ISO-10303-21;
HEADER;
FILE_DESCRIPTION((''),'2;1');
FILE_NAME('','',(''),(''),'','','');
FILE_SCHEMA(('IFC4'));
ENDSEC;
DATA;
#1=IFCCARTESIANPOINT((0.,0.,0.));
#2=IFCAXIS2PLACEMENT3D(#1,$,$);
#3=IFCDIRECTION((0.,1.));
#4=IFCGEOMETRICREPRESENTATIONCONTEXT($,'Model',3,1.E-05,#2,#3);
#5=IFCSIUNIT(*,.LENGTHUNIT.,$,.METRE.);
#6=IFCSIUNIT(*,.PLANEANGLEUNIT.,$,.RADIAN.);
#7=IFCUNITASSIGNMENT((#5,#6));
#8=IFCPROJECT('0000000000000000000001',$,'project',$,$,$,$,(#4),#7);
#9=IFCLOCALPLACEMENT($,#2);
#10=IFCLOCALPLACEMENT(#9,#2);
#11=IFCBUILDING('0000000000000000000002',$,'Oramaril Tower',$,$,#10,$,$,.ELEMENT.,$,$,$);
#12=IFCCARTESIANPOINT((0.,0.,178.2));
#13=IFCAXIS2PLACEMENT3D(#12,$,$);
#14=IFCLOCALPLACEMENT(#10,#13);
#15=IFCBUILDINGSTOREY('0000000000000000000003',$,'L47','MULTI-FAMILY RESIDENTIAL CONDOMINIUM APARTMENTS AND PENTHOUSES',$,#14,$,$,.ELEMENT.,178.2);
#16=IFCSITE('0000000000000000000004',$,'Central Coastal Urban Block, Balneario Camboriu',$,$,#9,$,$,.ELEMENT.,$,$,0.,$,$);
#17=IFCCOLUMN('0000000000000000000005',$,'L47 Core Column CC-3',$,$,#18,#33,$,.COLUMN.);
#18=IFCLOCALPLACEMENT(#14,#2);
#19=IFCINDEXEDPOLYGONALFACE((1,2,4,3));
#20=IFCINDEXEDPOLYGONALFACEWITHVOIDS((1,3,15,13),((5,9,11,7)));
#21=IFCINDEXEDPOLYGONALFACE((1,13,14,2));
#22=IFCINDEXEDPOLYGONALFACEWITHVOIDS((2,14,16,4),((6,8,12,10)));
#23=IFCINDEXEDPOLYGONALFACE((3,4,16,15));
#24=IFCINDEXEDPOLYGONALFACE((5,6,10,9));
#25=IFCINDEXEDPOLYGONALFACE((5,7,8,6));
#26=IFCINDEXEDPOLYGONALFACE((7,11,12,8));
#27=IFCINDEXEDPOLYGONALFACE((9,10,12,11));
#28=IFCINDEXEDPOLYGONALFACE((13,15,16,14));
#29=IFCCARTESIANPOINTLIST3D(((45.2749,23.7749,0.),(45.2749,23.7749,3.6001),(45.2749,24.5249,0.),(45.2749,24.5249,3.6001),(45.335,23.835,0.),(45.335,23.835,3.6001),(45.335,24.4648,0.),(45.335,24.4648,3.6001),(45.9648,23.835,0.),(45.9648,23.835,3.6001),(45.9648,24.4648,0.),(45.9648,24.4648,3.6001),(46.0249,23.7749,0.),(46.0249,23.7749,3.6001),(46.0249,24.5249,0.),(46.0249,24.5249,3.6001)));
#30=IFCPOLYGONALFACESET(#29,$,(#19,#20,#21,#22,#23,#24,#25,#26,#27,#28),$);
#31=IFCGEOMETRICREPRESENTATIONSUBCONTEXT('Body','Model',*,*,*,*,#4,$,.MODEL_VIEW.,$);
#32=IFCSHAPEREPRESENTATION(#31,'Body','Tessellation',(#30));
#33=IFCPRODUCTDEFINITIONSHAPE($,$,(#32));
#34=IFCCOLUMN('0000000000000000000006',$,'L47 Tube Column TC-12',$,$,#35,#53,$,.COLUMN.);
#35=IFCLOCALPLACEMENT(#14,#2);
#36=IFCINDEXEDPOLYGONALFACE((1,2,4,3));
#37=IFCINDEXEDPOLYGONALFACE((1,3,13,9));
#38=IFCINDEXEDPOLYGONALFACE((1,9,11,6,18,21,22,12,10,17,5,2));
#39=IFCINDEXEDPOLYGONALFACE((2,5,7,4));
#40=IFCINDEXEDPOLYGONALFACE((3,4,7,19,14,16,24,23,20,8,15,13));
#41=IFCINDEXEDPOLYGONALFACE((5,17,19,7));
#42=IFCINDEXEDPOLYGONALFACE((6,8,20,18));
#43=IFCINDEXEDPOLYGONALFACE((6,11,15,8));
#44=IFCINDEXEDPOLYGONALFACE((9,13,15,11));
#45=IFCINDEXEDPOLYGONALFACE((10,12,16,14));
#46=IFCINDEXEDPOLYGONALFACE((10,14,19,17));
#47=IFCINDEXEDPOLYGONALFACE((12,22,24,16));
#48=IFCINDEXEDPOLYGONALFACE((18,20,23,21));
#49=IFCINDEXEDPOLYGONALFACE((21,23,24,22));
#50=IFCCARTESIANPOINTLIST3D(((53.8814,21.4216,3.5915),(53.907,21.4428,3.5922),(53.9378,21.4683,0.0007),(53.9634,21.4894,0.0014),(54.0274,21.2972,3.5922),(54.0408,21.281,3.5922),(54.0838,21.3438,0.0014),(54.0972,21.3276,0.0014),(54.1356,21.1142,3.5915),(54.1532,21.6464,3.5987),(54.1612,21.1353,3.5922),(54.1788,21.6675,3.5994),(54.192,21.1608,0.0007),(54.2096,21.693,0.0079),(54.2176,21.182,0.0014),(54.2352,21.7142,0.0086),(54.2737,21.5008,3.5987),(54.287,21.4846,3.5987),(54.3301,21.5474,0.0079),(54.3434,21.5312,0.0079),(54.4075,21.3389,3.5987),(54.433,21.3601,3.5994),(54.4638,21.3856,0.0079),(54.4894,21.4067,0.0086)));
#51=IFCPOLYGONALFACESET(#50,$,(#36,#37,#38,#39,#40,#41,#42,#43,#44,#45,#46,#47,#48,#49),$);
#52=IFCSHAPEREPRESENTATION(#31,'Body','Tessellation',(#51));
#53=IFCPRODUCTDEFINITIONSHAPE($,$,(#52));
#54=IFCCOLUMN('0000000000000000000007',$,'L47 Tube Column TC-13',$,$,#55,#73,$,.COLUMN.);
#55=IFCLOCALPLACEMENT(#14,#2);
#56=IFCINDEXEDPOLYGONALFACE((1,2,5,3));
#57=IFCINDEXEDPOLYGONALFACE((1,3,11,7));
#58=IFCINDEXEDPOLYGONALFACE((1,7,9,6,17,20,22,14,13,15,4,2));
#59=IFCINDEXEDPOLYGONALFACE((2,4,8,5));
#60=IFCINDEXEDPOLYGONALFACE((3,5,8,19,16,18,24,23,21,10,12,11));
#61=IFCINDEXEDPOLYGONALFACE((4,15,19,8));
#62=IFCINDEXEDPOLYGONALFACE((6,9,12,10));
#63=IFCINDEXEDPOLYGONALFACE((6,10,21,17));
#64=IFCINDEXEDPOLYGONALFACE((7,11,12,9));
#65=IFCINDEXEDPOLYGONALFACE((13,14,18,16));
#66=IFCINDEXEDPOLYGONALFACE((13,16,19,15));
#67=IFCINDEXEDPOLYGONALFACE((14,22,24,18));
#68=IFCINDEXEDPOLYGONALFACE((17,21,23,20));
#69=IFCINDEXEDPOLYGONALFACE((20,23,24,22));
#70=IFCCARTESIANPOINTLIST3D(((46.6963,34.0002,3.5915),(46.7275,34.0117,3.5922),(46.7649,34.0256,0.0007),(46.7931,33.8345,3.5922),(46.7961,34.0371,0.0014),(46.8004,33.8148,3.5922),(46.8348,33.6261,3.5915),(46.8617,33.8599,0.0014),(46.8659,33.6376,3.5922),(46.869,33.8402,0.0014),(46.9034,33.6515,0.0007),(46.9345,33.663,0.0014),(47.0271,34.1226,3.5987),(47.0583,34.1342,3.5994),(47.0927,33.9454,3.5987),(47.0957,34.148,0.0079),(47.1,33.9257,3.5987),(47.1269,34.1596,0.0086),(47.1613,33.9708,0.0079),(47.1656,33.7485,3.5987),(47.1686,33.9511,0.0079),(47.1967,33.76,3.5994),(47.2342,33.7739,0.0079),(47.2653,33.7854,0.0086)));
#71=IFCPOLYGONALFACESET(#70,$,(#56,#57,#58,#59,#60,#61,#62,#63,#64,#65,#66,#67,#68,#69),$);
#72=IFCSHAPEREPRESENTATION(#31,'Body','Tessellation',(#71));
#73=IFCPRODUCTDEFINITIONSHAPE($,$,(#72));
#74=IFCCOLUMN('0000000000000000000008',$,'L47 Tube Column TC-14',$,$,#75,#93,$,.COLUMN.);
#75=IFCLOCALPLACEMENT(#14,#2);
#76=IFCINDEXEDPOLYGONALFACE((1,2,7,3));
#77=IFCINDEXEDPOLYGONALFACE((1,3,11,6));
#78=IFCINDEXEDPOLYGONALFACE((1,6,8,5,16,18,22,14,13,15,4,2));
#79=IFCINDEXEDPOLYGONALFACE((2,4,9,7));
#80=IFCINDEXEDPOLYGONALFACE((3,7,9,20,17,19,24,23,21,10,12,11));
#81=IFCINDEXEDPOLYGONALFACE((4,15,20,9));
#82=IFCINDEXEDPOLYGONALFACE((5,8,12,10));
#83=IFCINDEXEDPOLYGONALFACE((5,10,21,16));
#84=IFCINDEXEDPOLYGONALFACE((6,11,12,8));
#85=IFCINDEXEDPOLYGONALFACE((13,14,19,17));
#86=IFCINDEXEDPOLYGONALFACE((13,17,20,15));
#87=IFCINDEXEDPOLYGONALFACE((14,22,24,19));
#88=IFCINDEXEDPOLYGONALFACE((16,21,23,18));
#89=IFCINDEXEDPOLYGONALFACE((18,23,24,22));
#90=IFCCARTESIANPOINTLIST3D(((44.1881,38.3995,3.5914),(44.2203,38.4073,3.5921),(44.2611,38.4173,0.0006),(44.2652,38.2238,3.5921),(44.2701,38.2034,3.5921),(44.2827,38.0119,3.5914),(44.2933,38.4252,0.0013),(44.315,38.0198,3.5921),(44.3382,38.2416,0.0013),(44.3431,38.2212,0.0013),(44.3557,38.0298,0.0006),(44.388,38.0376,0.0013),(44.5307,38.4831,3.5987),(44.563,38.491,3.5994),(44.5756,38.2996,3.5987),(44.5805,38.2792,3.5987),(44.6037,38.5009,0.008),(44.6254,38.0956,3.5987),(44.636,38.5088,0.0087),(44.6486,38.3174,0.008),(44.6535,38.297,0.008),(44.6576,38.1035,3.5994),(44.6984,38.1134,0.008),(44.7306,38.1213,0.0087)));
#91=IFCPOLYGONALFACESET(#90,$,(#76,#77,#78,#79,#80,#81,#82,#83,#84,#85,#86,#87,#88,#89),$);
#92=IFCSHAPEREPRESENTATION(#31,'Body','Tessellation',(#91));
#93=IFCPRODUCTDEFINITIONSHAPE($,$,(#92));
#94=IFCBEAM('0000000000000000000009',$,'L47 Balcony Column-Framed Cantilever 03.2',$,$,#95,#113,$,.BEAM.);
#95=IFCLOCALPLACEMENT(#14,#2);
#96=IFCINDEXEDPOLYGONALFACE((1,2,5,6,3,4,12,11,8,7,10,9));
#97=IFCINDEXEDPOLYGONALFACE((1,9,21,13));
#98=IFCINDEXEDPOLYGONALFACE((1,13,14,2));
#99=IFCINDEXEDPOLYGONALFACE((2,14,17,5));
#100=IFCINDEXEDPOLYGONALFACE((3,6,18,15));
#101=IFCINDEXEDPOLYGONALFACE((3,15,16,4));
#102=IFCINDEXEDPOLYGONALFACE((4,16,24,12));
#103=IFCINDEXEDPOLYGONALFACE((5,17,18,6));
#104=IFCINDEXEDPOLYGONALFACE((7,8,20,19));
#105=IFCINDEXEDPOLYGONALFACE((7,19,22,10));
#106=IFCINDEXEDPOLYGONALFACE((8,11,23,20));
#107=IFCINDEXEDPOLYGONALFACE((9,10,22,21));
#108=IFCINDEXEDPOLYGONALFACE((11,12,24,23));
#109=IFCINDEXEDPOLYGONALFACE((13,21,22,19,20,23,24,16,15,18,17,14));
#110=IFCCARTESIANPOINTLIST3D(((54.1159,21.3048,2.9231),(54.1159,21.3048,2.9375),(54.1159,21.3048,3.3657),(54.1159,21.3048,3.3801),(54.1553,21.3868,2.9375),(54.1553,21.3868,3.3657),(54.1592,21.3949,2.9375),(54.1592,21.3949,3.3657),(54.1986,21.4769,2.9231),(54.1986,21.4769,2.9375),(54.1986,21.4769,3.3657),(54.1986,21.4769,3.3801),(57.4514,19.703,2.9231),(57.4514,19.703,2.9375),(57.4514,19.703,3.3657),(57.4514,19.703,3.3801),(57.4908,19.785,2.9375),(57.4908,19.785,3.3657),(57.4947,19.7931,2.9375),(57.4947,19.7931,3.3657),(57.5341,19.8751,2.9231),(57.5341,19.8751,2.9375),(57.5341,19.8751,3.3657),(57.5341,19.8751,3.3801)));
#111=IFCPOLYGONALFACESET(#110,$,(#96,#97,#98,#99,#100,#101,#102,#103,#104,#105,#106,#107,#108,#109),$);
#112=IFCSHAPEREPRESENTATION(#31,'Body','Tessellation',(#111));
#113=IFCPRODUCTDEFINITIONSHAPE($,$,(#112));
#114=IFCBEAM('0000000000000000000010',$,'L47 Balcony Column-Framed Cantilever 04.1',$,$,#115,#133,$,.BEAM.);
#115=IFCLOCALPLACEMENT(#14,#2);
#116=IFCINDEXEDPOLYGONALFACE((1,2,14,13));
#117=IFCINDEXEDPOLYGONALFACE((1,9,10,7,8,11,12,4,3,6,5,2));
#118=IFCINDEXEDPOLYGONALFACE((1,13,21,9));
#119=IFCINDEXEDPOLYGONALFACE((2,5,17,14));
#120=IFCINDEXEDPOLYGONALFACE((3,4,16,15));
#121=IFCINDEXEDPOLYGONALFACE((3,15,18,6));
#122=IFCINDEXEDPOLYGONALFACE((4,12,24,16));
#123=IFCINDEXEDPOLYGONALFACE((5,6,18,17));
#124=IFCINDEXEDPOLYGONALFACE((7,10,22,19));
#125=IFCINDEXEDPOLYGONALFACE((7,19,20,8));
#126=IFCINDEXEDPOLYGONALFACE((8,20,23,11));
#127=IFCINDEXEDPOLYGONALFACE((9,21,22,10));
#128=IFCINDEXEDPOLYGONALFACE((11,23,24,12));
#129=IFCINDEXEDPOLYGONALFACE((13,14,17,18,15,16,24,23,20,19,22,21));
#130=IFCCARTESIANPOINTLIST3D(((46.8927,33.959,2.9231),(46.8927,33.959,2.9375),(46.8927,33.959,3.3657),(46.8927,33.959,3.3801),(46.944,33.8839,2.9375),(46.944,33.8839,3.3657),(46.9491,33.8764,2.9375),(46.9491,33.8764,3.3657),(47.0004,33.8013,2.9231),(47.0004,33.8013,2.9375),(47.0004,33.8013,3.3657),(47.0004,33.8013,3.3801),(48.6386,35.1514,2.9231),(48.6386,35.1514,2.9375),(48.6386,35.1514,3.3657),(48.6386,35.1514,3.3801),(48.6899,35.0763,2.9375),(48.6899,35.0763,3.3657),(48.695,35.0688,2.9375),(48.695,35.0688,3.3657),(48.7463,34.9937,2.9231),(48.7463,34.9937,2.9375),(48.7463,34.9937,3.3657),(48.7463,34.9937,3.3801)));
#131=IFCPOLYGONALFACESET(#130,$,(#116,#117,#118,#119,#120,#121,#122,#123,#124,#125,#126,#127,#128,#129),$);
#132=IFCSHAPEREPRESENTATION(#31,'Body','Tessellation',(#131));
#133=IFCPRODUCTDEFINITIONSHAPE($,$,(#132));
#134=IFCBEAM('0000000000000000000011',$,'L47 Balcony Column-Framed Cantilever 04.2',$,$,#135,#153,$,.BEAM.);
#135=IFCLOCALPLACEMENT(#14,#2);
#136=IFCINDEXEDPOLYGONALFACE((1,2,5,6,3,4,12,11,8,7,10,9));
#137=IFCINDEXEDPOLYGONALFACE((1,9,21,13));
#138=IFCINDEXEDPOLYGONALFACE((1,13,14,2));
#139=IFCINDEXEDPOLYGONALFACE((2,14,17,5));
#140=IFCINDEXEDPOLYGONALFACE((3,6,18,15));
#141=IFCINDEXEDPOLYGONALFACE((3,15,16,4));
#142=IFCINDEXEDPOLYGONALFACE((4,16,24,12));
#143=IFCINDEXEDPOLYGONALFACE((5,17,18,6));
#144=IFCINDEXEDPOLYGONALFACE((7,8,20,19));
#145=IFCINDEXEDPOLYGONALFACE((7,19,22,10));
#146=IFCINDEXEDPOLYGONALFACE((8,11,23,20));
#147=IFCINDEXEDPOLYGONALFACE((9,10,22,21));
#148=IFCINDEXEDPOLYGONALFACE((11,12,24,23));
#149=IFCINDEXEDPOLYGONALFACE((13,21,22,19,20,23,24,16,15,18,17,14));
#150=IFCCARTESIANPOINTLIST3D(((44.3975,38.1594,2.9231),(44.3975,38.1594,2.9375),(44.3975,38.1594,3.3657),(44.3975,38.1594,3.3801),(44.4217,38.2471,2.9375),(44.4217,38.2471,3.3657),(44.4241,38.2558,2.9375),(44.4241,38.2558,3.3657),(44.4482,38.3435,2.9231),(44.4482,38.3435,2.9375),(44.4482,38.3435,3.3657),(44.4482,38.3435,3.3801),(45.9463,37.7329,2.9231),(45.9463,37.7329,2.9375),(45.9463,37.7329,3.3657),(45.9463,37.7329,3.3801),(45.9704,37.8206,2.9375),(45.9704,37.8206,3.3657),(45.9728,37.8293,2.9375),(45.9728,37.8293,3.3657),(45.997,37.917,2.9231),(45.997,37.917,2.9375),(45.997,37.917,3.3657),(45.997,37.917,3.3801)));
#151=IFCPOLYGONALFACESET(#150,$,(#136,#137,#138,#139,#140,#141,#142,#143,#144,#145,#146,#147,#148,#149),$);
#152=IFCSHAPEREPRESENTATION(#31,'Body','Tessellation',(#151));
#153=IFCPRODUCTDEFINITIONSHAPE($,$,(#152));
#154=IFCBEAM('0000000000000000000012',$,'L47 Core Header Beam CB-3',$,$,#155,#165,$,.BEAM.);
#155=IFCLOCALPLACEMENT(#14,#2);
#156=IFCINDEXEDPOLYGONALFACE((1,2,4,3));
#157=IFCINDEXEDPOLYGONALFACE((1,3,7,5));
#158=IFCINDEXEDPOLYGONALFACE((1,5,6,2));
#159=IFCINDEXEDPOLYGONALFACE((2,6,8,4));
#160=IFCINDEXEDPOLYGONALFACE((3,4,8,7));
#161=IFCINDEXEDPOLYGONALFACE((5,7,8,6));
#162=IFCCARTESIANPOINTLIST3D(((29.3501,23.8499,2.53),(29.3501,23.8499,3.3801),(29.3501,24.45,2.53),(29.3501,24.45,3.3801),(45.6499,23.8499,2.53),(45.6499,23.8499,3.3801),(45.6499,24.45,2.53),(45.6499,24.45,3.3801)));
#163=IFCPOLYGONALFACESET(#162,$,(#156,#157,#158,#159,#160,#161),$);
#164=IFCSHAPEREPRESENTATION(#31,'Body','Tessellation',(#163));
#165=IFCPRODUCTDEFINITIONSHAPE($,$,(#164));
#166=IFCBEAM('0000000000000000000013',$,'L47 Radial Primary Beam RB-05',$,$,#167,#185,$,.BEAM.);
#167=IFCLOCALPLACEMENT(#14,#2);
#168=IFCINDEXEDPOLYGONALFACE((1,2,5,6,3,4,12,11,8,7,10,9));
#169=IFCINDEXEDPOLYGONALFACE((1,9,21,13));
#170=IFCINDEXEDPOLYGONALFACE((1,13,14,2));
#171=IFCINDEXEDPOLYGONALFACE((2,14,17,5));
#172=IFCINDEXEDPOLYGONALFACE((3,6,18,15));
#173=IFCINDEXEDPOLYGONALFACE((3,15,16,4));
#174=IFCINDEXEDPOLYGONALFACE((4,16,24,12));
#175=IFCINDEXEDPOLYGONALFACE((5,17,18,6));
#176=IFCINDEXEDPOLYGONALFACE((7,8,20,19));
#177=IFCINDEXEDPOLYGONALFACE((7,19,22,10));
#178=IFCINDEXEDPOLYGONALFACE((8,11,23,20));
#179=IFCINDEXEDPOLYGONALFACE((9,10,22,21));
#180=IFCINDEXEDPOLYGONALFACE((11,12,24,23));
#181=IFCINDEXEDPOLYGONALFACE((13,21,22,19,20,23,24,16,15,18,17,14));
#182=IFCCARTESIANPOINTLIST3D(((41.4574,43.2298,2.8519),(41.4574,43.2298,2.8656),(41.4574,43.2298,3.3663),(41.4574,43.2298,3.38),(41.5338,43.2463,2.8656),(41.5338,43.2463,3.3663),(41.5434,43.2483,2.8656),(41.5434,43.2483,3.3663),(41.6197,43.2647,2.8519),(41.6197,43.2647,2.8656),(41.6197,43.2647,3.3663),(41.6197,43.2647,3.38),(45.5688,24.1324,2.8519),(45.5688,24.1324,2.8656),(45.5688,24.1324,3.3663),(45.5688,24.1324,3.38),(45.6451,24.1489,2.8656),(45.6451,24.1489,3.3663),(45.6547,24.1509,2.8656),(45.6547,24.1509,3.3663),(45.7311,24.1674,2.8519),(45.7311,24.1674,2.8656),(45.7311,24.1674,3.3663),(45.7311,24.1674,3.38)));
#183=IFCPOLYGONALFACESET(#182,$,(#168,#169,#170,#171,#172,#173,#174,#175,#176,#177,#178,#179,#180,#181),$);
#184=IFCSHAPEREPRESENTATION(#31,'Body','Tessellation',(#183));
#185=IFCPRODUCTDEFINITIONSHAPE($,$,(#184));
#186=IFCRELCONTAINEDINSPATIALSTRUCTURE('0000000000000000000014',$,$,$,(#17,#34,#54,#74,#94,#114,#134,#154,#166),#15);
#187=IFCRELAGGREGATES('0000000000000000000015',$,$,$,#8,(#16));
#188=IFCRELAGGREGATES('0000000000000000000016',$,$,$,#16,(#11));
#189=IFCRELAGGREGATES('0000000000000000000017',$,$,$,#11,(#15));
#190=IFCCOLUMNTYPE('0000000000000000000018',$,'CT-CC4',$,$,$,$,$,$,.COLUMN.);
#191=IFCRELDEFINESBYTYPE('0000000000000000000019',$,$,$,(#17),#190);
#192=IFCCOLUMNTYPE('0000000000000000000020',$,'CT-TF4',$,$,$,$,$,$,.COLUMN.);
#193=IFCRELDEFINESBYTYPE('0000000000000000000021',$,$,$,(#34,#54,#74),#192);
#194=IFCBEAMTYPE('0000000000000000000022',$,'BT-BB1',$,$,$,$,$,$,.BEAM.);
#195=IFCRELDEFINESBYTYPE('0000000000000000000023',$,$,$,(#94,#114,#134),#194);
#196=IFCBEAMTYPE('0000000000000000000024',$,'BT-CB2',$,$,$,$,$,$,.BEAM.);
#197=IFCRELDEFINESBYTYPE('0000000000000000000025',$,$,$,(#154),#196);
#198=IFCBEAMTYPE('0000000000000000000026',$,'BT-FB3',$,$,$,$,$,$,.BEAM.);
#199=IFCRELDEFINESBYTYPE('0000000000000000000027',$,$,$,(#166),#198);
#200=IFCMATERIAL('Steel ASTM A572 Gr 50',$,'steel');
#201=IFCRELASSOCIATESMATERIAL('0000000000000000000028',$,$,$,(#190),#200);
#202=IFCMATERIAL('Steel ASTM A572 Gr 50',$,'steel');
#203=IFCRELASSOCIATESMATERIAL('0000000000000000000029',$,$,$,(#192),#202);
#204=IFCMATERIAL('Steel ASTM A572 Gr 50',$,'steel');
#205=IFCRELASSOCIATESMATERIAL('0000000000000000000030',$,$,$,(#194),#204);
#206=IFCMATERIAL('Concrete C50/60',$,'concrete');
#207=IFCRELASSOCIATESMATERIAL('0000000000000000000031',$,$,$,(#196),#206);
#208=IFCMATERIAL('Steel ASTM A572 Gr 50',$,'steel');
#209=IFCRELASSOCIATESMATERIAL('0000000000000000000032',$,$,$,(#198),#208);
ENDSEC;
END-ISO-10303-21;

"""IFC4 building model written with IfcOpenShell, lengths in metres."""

from ifc_helpers import new_model, si_unit, direction, frame, origin, origin_2d, place, context, subcontext, project, spatial, rectangle, hollow_rectangle, i_section, extrude, material, material_profile, profile_set, type_object, element, save


model = new_model("IFC4")

# Units and contexts
model_context = context("Model", 3, precision=1e-05, world=origin(), true_north=direction((0.0, 1.0)))
body_context = subcontext(model_context, "Body", "Model", "MODEL_VIEW")
ifc_project = project(units=[si_unit("LENGTHUNIT", "METRE"), si_unit("PLANEANGLEUNIT", "RADIAN")], contexts=[model_context])

# Site, building, storey
site_placement = place(None, origin())
site = spatial("IfcSite", under=ifc_project, at=site_placement, Name="Central Coastal Urban Block, Balneario Camboriu", CompositionType="ELEMENT", RefElevation=0.0)
building_placement = place(site_placement, origin())
building = spatial("IfcBuilding", under=site, at=building_placement, Name="Oramaril Tower", CompositionType="ELEMENT")
storey_placement = place(building_placement, frame((0.0, 0.0, 178.2)))
storey = spatial("IfcBuildingStorey", under=building, at=storey_placement, Name="L47", Description="MULTI-FAMILY RESIDENTIAL CONDOMINIUM APARTMENTS AND PENTHOUSES", CompositionType="ELEMENT", Elevation=178.2)

# Columns
ifc_material_1 = material(Name="Steel ASTM A572 Gr 50", Category="steel")
ifc_material_profile_1 = material_profile(ifc_material_1, hollow_rectangle(XDim=0.75, YDim=0.75, WallThickness=0.0601, at=origin_2d()), Name="BOX750X750X60")
ifc_profile_set_1 = profile_set([ifc_material_profile_1], Name="Steel ASTM A572 Gr 50")
column_type_1 = type_object("IfcColumnType", Name="CT-CC4", PredefinedType="COLUMN", material=ifc_profile_set_1)
column_placement = place(storey_placement, frame((45.6499, 24.1499, 0.0), z_axis=(0.0, 0.0, 1.0), x_axis=(1.0, 0.0, 0.0)))
element("IfcColumn", 1, at=column_placement, inside=storey, type_object=column_type_1, Name="L47 Core Column CC-3", PredefinedType="COLUMN", context=body_context, shape_type="SweptSolid", body=[
    extrude(hollow_rectangle(XDim=0.75, YDim=0.75, WallThickness=0.0601, at=origin_2d()), origin(), (0.0, 0.0, 1.0), 3.6001),
])
ifc_material_2 = material(Name="Steel ASTM A572 Gr 50", Category="steel")
ifc_material_profile_2 = material_profile(ifc_material_2, i_section(OverallWidth=0.3989, OverallDepth=0.386, WebThickness=0.021, FlangeThickness=0.0332, at=origin_2d()), Name="W14X176")
ifc_profile_set_2 = profile_set([ifc_material_profile_2], Name="Steel ASTM A572 Gr 50")
column_type_2 = type_object("IfcColumnType", Name="CT-TF4", PredefinedType="COLUMN", material=ifc_profile_set_2)
for number, where, z_axis, x_axis, name in (
    (2, (54.2136, 21.4375, 0.0046), (-0.015702, -0.012983, 0.999792), (0.637226, -0.770677, 0.0), "L47 Tube Column TC-12"),
    (3, (47.0151, 33.9055, 0.0046), (-0.019101, -0.00707, 0.999793), (0.347097, -0.937829, 0.0), "L47 Tube Column TC-13"),
    (4, (44.4958, 38.2693, 0.0046), (-0.020325, -0.004962, 0.999781), (0.237181, -0.971466, 0.0), "L47 Tube Column TC-14"),
):
    element("IfcColumn", number, at=place(storey_placement, frame(where, z_axis=z_axis, x_axis=x_axis)), inside=storey, type_object=column_type_2, Name=name, PredefinedType="COLUMN", context=body_context, shape_type="SweptSolid", body=[
        extrude(i_section(OverallWidth=0.3989, OverallDepth=0.386, WebThickness=0.021, FlangeThickness=0.0332, at=origin_2d()), origin(), (0.0, 0.0, 1.0), 3.5916),
    ])

# Beams
ifc_material_3 = material(Name="Steel ASTM A572 Gr 50", Category="steel")
ifc_material_profile_3 = material_profile(ifc_material_3, i_section(OverallWidth=0.1909, OverallDepth=0.457, WebThickness=0.009, FlangeThickness=0.0144, at=origin_2d()), Name="W18X50")
ifc_profile_set_3 = profile_set([ifc_material_profile_3], Name="Steel ASTM A572 Gr 50")
beam_type_1 = type_object("IfcBeamType", Name="BT-BB1", PredefinedType="BEAM", material=ifc_profile_set_3)
beam_1_placement = place(storey_placement, frame((54.1572, 21.3909, 3.1516), z_axis=(0.90144, -0.432905, 0.0), x_axis=(0.432905, 0.90144, 0.0)))
element("IfcBeam", 5, at=beam_1_placement, inside=storey, type_object=beam_type_1, Name="L47 Balcony Column-Framed Cantilever 03.2", PredefinedType="BEAM", context=body_context, shape_type="SweptSolid", body=[
    extrude(i_section(OverallWidth=0.1909, OverallDepth=0.457, WebThickness=0.009, FlangeThickness=0.0144, at=origin_2d()), origin(), (0.0, 0.0, 1.0), 3.7002),
])
beam_2_placement = place(storey_placement, frame((46.9465, 33.8801, 3.1516), z_axis=(0.82578, 0.563992, 0.0), x_axis=(-0.563992, 0.82578, 0.0)))
element("IfcBeam", 6, at=beam_2_placement, inside=storey, type_object=beam_type_1, Name="L47 Balcony Column-Framed Cantilever 04.1", PredefinedType="BEAM", context=body_context, shape_type="SweptSolid", body=[
    extrude(i_section(OverallWidth=0.1909, OverallDepth=0.457, WebThickness=0.009, FlangeThickness=0.0144, at=origin_2d()), origin(), (0.0, 0.0, 1.0), 2.1143),
])
beam_3_placement = place(storey_placement, frame((44.4229, 38.2515, 3.1516), z_axis=(0.964112, -0.265496, 0.0), x_axis=(0.265496, 0.964112, 0.0)))
element("IfcBeam", 7, at=beam_3_placement, inside=storey, type_object=beam_type_1, Name="L47 Balcony Column-Framed Cantilever 04.2", PredefinedType="BEAM", context=body_context, shape_type="SweptSolid", body=[
    extrude(i_section(OverallWidth=0.1909, OverallDepth=0.457, WebThickness=0.009, FlangeThickness=0.0144, at=origin_2d()), origin(), (0.0, 0.0, 1.0), 1.6064),
])
ifc_material_4 = material(Name="Concrete C50/60", Category="concrete")
ifc_material_profile_4 = material_profile(ifc_material_4, rectangle(XDim=0.6001, YDim=0.8501, at=origin_2d()), Name="CB600X850")
ifc_profile_set_4 = profile_set([ifc_material_profile_4], Name="Concrete C50/60")
beam_type_2 = type_object("IfcBeamType", Name="BT-CB2", PredefinedType="BEAM", material=ifc_profile_set_4)
beam_4_placement = place(storey_placement, frame((45.6499, 24.1499, 2.9551), z_axis=(-1.0, 0.0, 0.0), x_axis=(0.0, -1.0, 0.0)))
element("IfcBeam", 8, at=beam_4_placement, inside=storey, type_object=beam_type_2, Name="L47 Core Header Beam CB-3", PredefinedType="BEAM", context=body_context, shape_type="SweptSolid", body=[
    extrude(rectangle(XDim=0.6001, YDim=0.8501, at=origin_2d()), origin(), (0.0, 0.0, 1.0), 16.2998),
])
ifc_material_5 = material(Name="Steel ASTM A572 Gr 50", Category="steel")
ifc_material_profile_5 = material_profile(ifc_material_5, i_section(OverallWidth=0.166, OverallDepth=0.5281, WebThickness=0.0098, FlangeThickness=0.0137, at=origin_2d()), Name="W21X50")
ifc_profile_set_5 = profile_set([ifc_material_profile_5], Name="Steel ASTM A572 Gr 50")
beam_type_3 = type_object("IfcBeamType", Name="BT-FB3", PredefinedType="BEAM", material=ifc_profile_set_5)
beam_5_placement = place(storey_placement, frame((45.6499, 24.1499, 3.116), z_axis=(-0.21046, 0.977602, 0.0), x_axis=(-0.977602, -0.21046, 0.0)))
element("IfcBeam", 9, at=beam_5_placement, inside=storey, type_object=beam_type_3, Name="L47 Radial Primary Beam RB-05", PredefinedType="BEAM", context=body_context, shape_type="SweptSolid", body=[
    extrude(i_section(OverallWidth=0.166, OverallDepth=0.5281, WebThickness=0.0098, FlangeThickness=0.0137, at=origin_2d()), origin(), (0.0, 0.0, 1.0), 19.5349),
])

save(model, "model.ifc")
